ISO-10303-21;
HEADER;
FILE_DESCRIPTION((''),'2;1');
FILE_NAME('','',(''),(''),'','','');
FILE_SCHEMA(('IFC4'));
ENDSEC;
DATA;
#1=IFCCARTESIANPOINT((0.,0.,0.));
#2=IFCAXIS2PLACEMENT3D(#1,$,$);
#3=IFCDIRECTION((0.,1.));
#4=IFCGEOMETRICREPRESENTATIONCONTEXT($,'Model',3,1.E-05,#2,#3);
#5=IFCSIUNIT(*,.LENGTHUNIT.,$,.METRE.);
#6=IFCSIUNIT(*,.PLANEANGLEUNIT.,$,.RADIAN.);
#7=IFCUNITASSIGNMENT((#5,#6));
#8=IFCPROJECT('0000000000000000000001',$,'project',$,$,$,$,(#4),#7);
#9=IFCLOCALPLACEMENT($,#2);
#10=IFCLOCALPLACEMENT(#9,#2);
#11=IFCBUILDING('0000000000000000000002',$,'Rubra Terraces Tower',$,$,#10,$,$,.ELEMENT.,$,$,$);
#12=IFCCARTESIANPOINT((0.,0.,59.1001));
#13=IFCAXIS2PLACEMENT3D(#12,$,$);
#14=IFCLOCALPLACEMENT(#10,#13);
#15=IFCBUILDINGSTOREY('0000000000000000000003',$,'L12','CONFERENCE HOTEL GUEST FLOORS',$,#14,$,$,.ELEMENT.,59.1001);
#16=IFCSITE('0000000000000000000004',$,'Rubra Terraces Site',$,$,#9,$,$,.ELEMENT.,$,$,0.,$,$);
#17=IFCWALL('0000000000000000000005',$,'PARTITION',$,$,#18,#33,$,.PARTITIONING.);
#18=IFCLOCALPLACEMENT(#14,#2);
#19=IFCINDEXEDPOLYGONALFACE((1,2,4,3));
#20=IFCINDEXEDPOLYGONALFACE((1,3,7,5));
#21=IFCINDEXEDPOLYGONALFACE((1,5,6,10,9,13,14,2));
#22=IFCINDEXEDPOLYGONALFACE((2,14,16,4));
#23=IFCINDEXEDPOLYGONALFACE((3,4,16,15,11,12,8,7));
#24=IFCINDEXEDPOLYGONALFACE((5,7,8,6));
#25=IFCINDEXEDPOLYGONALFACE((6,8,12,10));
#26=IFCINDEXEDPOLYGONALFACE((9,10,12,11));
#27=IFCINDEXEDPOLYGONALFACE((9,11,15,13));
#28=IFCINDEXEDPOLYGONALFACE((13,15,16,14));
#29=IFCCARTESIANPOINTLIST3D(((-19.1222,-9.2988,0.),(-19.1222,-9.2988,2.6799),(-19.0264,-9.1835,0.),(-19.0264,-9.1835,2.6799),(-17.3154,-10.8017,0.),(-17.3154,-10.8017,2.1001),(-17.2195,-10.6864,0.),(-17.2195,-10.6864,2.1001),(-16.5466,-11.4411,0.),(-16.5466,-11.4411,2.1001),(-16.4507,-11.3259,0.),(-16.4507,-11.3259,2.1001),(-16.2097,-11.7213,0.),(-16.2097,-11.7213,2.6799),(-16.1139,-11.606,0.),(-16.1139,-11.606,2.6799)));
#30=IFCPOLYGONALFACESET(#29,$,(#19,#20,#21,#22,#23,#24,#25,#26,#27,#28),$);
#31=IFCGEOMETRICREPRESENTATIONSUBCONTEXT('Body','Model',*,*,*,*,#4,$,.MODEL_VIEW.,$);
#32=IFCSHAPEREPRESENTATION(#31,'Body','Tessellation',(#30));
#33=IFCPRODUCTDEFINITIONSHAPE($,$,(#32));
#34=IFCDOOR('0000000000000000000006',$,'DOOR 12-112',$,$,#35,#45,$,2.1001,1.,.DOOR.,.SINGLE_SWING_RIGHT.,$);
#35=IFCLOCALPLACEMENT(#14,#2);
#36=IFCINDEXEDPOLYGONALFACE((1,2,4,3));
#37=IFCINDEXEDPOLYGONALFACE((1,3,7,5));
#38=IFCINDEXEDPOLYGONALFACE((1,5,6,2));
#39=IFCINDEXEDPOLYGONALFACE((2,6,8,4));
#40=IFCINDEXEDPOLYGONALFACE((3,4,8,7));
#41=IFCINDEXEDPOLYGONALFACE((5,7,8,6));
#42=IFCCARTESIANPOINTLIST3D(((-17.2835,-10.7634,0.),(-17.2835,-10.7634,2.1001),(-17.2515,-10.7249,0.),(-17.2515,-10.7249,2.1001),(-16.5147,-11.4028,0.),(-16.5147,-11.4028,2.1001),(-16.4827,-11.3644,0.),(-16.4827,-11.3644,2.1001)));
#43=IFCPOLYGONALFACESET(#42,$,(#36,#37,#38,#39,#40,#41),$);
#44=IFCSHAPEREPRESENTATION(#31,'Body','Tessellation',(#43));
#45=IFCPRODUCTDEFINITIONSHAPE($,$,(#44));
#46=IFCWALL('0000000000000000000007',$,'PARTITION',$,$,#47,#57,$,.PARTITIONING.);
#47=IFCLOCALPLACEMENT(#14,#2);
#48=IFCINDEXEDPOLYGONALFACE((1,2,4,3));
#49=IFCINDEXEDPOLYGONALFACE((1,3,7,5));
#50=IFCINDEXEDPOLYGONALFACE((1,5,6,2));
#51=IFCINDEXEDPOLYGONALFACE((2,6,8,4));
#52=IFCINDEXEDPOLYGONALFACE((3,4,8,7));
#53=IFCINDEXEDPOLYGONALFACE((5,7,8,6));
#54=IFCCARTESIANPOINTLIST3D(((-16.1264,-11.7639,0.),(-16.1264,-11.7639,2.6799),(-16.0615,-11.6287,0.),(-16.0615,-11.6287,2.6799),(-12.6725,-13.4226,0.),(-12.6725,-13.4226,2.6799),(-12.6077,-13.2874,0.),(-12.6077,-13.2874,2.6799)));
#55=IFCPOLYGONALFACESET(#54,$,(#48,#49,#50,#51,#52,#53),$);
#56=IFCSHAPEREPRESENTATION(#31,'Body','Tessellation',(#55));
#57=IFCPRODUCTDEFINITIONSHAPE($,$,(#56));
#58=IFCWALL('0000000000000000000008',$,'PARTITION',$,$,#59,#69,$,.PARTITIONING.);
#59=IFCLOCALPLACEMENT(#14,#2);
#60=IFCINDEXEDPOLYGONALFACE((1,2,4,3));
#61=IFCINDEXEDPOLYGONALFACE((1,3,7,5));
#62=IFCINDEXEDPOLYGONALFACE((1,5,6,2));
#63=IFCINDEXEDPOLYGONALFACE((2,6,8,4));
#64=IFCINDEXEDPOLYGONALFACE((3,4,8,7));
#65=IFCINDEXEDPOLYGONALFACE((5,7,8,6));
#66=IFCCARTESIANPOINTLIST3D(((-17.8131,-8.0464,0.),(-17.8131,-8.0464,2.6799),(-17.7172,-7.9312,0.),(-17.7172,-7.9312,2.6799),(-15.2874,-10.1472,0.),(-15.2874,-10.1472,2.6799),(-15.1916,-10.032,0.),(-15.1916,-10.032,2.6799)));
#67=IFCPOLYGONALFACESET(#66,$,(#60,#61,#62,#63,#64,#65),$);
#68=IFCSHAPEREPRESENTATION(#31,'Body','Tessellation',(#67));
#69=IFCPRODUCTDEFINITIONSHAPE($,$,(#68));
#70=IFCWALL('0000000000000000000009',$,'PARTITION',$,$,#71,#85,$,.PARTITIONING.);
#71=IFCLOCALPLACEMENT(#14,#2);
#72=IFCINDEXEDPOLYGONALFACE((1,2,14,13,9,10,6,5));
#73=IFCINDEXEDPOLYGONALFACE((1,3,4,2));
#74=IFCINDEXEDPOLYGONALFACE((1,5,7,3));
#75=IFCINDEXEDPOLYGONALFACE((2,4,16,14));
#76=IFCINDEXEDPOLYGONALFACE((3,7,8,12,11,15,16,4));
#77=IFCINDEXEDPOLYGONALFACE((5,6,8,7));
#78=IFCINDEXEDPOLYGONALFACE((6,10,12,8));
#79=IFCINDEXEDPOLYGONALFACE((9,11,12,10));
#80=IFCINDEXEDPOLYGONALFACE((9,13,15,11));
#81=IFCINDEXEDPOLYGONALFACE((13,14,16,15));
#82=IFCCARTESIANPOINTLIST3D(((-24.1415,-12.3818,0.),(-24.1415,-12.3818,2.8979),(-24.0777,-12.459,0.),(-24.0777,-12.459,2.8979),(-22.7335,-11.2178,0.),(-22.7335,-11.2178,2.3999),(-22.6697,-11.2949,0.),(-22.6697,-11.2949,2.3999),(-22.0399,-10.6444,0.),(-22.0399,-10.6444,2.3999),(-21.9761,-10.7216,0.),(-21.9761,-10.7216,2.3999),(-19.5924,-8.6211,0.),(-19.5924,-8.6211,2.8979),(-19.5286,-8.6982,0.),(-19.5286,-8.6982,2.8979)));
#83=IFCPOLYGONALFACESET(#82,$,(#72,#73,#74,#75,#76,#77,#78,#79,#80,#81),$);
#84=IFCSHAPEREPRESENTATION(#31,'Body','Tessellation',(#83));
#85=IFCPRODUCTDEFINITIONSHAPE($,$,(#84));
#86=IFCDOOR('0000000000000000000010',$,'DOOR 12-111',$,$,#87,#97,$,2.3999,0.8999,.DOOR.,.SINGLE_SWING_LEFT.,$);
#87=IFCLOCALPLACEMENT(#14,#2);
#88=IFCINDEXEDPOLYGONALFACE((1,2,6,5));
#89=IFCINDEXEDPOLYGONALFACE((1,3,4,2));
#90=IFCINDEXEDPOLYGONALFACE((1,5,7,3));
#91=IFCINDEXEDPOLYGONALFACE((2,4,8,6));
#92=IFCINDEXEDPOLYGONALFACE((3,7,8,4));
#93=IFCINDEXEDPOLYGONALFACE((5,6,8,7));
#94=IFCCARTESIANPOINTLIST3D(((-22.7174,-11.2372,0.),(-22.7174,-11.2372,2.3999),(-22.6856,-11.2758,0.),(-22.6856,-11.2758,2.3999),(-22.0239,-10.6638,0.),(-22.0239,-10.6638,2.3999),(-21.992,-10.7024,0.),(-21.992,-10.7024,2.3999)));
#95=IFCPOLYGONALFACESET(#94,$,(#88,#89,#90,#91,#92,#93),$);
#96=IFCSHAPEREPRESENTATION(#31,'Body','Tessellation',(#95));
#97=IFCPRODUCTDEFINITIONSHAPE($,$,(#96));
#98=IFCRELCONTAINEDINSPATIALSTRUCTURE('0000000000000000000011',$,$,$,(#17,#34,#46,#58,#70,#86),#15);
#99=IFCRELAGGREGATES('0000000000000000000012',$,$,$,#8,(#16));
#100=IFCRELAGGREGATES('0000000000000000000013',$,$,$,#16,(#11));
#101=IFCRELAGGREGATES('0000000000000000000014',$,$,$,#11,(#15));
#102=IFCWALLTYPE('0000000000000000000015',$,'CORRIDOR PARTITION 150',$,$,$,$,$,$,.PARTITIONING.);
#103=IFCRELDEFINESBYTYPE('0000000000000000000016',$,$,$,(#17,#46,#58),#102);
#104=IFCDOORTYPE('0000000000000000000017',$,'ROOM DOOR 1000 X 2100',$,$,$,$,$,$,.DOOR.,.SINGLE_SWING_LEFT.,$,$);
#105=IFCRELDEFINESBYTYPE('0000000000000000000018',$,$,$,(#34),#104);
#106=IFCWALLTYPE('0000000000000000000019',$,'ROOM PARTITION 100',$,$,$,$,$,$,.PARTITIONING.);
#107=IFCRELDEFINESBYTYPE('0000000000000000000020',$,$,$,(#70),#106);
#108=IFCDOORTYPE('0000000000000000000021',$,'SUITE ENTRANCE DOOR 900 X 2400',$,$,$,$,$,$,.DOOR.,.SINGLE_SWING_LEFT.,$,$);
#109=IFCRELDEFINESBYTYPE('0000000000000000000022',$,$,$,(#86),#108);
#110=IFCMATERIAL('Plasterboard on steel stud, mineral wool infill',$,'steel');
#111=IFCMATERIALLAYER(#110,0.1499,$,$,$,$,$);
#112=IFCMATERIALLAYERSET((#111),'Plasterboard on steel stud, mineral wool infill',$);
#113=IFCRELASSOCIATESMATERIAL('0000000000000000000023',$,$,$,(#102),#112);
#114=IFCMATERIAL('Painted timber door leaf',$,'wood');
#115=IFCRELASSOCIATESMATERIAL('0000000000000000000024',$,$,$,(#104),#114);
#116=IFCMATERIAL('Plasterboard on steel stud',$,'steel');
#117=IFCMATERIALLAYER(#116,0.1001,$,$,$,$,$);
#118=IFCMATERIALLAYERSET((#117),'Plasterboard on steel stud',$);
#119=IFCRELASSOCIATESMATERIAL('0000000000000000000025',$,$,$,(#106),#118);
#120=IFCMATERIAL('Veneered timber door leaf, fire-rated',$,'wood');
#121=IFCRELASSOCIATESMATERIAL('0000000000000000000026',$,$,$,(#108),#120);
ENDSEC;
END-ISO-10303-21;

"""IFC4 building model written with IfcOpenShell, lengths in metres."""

from ifc_helpers import new_model, si_unit, direction, frame, frame_2d, origin, place, context, subcontext, project, spatial, rectangle, extrude, material, layer, layer_set, type_object, element, fill, save


model = new_model("IFC4")

# Units and contexts
model_context = context("Model", 3, precision=1e-05, world=origin(), true_north=direction((0.0, 1.0)))
body_context = subcontext(model_context, "Body", "Model", "MODEL_VIEW")
ifc_project = project(units=[si_unit("LENGTHUNIT", "METRE"), si_unit("PLANEANGLEUNIT", "RADIAN")], contexts=[model_context])

# Site, building, storey
site_placement = place(None, origin())
site = spatial("IfcSite", under=ifc_project, at=site_placement, Name="Rubra Terraces Site", CompositionType="ELEMENT", RefElevation=0.0)
building_placement = place(site_placement, origin())
building = spatial("IfcBuilding", under=site, at=building_placement, Name="Rubra Terraces Tower", CompositionType="ELEMENT")
storey_placement = place(building_placement, frame((0.0, 0.0, 59.1001)))
storey = spatial("IfcBuildingStorey", under=building, at=storey_placement, Name="L12", Description="CONFERENCE HOTEL GUEST FLOORS", CompositionType="ELEMENT", Elevation=59.1001)

# Wall, opening, door
ifc_material_1 = material(Name="Plasterboard on steel stud, mineral wool infill", Category="steel")
ifc_layer_1 = layer(ifc_material_1, 0.1499)
ifc_layer_set_1 = layer_set([ifc_layer_1], Name="Plasterboard on steel stud, mineral wool infill")
wall_type_1 = type_object("IfcWallType", Name="CORRIDOR PARTITION 150", PredefinedType="PARTITIONING", material=ifc_layer_set_1)
wall_1_placement = place(storey_placement, frame((-19.0742, -9.2412, 0.0), z_axis=(0.0, 0.0, 1.0), x_axis=(0.768813, -0.639474, 0.0)))
wall_1 = element("IfcWall", 1, at=wall_1_placement, inside=storey, type_object=wall_type_1, Name="PARTITION", PredefinedType="PARTITIONING", context=body_context, shape_type="SweptSolid", body=[
    extrude(rectangle(XDim=3.7883, YDim=0.1499, at=frame_2d((1.894, 0.0))), origin(), (0.0, 0.0, 1.0), 2.6799),
])
opening_1_placement = place(wall_1_placement, frame((2.3501, 0.0, 0.0)))
opening_1 = element("IfcOpeningElement", 2, at=opening_1_placement, cuts=wall_1, PredefinedType="OPENING", context=body_context, shape_type="SweptSolid", body=[
    extrude(rectangle(XDim=1.0, YDim=2.1001, at=frame_2d((0.5, 1.05))), frame((0.0, 0.085, 0.0), z_axis=(0.0, -1.0, 0.0), x_axis=(1.0, 0.0, 0.0)), (0.0, 0.0, 1.0), 0.1699),
])
ifc_material_2 = material(Name="Painted timber door leaf", Category="wood")
door_type_1 = type_object("IfcDoorType", Name="ROOM DOOR 1000 X 2100", OperationType="SINGLE_SWING_LEFT", PredefinedType="DOOR", material=ifc_material_2)
door_1_placement = place(opening_1_placement, origin())
door_1 = element("IfcDoor", 3, at=door_1_placement, inside=storey, type_object=door_type_1, Name="DOOR 12-112", OperationType="SINGLE_SWING_RIGHT", OverallHeight=2.1001, OverallWidth=1.0, PredefinedType="DOOR", context=body_context, shape_type="SweptSolid", body=[
    extrude(rectangle(XDim=1.0, YDim=2.1001, at=frame_2d((0.5, 1.05))), frame((0.0, 0.0249, 0.0), z_axis=(0.0, -1.0, 0.0), x_axis=(1.0, 0.0, 0.0)), (0.0, 0.0, 1.0), 0.05),
])
fill(opening_1, door_1)

# Walls
wall_2_placement = place(storey_placement, frame((-16.094, -11.6963, 0.0), z_axis=(0.0, 0.0, 1.0), x_axis=(0.901438, -0.432909, 0.0)))
element("IfcWall", 4, at=wall_2_placement, inside=storey, type_object=wall_type_1, Name="PARTITION", PredefinedType="PARTITIONING", context=body_context, shape_type="SweptSolid", body=[
    extrude(rectangle(XDim=3.8315, YDim=0.1499, at=frame_2d((1.9158, 0.0))), origin(), (0.0, 0.0, 1.0), 2.6799),
])
wall_3_placement = place(storey_placement, frame((-15.2395, -10.0896, 0.0), z_axis=(0.0, 0.0, 1.0), x_axis=(-0.7688, 0.63949, 0.0)))
element("IfcWall", 5, at=wall_3_placement, inside=storey, type_object=wall_type_1, Name="PARTITION", PredefinedType="PARTITIONING", context=body_context, shape_type="SweptSolid", body=[
    extrude(rectangle(XDim=3.2852, YDim=0.1499, at=frame_2d((1.6426, 0.0))), origin(), (0.0, 0.0, 1.0), 2.6799),
])

# Wall, opening, door
ifc_material_3 = material(Name="Plasterboard on steel stud", Category="steel")
ifc_layer_2 = layer(ifc_material_3, 0.1001)
ifc_layer_set_2 = layer_set([ifc_layer_2], Name="Plasterboard on steel stud")
wall_type_2 = type_object("IfcWallType", Name="ROOM PARTITION 100", PredefinedType="PARTITIONING", material=ifc_layer_set_2)
wall_4_placement = place(storey_placement, frame((-24.1096, -12.4204, 0.0), z_axis=(0.0, 0.0, 1.0), x_axis=(0.770728, 0.637165, 0.0)))
wall_4 = element("IfcWall", 6, at=wall_4_placement, inside=storey, type_object=wall_type_2, Name="PARTITION", PredefinedType="PARTITIONING", context=body_context, shape_type="SweptSolid", body=[
    extrude(rectangle(XDim=5.9023, YDim=0.1001, at=frame_2d((2.9512, 0.0))), origin(), (0.0, 0.0, 1.0), 2.8979),
])
opening_2_placement = place(wall_4_placement, frame((1.8269, 0.0, 0.0)))
opening_2 = element("IfcOpeningElement", 7, at=opening_2_placement, cuts=wall_4, PredefinedType="OPENING", context=body_context, shape_type="SweptSolid", body=[
    extrude(rectangle(XDim=0.8999, YDim=2.3999, at=frame_2d((0.45, 1.2))), frame((0.0, 0.0601, 0.0), z_axis=(0.0, -1.0, 0.0), x_axis=(1.0, 0.0, 0.0)), (0.0, 0.0, 1.0), 0.1201),
])
ifc_material_4 = material(Name="Veneered timber door leaf, fire-rated", Category="wood")
door_type_2 = type_object("IfcDoorType", Name="SUITE ENTRANCE DOOR 900 X 2400", OperationType="SINGLE_SWING_LEFT", PredefinedType="DOOR", material=ifc_material_4)
door_2_placement = place(opening_2_placement, origin())
door_2 = element("IfcDoor", 8, at=door_2_placement, inside=storey, type_object=door_type_2, Name="DOOR 12-111", OperationType="SINGLE_SWING_LEFT", OverallHeight=2.3999, OverallWidth=0.8999, PredefinedType="DOOR", context=body_context, shape_type="SweptSolid", body=[
    extrude(rectangle(XDim=0.8999, YDim=2.3999, at=frame_2d((0.45, 1.2))), frame((0.0, 0.0249, 0.0), z_axis=(0.0, -1.0, 0.0), x_axis=(1.0, 0.0, 0.0)), (0.0, 0.0, 1.0), 0.05),
])
fill(opening_2, door_2)

save(model, "model.ifc")
